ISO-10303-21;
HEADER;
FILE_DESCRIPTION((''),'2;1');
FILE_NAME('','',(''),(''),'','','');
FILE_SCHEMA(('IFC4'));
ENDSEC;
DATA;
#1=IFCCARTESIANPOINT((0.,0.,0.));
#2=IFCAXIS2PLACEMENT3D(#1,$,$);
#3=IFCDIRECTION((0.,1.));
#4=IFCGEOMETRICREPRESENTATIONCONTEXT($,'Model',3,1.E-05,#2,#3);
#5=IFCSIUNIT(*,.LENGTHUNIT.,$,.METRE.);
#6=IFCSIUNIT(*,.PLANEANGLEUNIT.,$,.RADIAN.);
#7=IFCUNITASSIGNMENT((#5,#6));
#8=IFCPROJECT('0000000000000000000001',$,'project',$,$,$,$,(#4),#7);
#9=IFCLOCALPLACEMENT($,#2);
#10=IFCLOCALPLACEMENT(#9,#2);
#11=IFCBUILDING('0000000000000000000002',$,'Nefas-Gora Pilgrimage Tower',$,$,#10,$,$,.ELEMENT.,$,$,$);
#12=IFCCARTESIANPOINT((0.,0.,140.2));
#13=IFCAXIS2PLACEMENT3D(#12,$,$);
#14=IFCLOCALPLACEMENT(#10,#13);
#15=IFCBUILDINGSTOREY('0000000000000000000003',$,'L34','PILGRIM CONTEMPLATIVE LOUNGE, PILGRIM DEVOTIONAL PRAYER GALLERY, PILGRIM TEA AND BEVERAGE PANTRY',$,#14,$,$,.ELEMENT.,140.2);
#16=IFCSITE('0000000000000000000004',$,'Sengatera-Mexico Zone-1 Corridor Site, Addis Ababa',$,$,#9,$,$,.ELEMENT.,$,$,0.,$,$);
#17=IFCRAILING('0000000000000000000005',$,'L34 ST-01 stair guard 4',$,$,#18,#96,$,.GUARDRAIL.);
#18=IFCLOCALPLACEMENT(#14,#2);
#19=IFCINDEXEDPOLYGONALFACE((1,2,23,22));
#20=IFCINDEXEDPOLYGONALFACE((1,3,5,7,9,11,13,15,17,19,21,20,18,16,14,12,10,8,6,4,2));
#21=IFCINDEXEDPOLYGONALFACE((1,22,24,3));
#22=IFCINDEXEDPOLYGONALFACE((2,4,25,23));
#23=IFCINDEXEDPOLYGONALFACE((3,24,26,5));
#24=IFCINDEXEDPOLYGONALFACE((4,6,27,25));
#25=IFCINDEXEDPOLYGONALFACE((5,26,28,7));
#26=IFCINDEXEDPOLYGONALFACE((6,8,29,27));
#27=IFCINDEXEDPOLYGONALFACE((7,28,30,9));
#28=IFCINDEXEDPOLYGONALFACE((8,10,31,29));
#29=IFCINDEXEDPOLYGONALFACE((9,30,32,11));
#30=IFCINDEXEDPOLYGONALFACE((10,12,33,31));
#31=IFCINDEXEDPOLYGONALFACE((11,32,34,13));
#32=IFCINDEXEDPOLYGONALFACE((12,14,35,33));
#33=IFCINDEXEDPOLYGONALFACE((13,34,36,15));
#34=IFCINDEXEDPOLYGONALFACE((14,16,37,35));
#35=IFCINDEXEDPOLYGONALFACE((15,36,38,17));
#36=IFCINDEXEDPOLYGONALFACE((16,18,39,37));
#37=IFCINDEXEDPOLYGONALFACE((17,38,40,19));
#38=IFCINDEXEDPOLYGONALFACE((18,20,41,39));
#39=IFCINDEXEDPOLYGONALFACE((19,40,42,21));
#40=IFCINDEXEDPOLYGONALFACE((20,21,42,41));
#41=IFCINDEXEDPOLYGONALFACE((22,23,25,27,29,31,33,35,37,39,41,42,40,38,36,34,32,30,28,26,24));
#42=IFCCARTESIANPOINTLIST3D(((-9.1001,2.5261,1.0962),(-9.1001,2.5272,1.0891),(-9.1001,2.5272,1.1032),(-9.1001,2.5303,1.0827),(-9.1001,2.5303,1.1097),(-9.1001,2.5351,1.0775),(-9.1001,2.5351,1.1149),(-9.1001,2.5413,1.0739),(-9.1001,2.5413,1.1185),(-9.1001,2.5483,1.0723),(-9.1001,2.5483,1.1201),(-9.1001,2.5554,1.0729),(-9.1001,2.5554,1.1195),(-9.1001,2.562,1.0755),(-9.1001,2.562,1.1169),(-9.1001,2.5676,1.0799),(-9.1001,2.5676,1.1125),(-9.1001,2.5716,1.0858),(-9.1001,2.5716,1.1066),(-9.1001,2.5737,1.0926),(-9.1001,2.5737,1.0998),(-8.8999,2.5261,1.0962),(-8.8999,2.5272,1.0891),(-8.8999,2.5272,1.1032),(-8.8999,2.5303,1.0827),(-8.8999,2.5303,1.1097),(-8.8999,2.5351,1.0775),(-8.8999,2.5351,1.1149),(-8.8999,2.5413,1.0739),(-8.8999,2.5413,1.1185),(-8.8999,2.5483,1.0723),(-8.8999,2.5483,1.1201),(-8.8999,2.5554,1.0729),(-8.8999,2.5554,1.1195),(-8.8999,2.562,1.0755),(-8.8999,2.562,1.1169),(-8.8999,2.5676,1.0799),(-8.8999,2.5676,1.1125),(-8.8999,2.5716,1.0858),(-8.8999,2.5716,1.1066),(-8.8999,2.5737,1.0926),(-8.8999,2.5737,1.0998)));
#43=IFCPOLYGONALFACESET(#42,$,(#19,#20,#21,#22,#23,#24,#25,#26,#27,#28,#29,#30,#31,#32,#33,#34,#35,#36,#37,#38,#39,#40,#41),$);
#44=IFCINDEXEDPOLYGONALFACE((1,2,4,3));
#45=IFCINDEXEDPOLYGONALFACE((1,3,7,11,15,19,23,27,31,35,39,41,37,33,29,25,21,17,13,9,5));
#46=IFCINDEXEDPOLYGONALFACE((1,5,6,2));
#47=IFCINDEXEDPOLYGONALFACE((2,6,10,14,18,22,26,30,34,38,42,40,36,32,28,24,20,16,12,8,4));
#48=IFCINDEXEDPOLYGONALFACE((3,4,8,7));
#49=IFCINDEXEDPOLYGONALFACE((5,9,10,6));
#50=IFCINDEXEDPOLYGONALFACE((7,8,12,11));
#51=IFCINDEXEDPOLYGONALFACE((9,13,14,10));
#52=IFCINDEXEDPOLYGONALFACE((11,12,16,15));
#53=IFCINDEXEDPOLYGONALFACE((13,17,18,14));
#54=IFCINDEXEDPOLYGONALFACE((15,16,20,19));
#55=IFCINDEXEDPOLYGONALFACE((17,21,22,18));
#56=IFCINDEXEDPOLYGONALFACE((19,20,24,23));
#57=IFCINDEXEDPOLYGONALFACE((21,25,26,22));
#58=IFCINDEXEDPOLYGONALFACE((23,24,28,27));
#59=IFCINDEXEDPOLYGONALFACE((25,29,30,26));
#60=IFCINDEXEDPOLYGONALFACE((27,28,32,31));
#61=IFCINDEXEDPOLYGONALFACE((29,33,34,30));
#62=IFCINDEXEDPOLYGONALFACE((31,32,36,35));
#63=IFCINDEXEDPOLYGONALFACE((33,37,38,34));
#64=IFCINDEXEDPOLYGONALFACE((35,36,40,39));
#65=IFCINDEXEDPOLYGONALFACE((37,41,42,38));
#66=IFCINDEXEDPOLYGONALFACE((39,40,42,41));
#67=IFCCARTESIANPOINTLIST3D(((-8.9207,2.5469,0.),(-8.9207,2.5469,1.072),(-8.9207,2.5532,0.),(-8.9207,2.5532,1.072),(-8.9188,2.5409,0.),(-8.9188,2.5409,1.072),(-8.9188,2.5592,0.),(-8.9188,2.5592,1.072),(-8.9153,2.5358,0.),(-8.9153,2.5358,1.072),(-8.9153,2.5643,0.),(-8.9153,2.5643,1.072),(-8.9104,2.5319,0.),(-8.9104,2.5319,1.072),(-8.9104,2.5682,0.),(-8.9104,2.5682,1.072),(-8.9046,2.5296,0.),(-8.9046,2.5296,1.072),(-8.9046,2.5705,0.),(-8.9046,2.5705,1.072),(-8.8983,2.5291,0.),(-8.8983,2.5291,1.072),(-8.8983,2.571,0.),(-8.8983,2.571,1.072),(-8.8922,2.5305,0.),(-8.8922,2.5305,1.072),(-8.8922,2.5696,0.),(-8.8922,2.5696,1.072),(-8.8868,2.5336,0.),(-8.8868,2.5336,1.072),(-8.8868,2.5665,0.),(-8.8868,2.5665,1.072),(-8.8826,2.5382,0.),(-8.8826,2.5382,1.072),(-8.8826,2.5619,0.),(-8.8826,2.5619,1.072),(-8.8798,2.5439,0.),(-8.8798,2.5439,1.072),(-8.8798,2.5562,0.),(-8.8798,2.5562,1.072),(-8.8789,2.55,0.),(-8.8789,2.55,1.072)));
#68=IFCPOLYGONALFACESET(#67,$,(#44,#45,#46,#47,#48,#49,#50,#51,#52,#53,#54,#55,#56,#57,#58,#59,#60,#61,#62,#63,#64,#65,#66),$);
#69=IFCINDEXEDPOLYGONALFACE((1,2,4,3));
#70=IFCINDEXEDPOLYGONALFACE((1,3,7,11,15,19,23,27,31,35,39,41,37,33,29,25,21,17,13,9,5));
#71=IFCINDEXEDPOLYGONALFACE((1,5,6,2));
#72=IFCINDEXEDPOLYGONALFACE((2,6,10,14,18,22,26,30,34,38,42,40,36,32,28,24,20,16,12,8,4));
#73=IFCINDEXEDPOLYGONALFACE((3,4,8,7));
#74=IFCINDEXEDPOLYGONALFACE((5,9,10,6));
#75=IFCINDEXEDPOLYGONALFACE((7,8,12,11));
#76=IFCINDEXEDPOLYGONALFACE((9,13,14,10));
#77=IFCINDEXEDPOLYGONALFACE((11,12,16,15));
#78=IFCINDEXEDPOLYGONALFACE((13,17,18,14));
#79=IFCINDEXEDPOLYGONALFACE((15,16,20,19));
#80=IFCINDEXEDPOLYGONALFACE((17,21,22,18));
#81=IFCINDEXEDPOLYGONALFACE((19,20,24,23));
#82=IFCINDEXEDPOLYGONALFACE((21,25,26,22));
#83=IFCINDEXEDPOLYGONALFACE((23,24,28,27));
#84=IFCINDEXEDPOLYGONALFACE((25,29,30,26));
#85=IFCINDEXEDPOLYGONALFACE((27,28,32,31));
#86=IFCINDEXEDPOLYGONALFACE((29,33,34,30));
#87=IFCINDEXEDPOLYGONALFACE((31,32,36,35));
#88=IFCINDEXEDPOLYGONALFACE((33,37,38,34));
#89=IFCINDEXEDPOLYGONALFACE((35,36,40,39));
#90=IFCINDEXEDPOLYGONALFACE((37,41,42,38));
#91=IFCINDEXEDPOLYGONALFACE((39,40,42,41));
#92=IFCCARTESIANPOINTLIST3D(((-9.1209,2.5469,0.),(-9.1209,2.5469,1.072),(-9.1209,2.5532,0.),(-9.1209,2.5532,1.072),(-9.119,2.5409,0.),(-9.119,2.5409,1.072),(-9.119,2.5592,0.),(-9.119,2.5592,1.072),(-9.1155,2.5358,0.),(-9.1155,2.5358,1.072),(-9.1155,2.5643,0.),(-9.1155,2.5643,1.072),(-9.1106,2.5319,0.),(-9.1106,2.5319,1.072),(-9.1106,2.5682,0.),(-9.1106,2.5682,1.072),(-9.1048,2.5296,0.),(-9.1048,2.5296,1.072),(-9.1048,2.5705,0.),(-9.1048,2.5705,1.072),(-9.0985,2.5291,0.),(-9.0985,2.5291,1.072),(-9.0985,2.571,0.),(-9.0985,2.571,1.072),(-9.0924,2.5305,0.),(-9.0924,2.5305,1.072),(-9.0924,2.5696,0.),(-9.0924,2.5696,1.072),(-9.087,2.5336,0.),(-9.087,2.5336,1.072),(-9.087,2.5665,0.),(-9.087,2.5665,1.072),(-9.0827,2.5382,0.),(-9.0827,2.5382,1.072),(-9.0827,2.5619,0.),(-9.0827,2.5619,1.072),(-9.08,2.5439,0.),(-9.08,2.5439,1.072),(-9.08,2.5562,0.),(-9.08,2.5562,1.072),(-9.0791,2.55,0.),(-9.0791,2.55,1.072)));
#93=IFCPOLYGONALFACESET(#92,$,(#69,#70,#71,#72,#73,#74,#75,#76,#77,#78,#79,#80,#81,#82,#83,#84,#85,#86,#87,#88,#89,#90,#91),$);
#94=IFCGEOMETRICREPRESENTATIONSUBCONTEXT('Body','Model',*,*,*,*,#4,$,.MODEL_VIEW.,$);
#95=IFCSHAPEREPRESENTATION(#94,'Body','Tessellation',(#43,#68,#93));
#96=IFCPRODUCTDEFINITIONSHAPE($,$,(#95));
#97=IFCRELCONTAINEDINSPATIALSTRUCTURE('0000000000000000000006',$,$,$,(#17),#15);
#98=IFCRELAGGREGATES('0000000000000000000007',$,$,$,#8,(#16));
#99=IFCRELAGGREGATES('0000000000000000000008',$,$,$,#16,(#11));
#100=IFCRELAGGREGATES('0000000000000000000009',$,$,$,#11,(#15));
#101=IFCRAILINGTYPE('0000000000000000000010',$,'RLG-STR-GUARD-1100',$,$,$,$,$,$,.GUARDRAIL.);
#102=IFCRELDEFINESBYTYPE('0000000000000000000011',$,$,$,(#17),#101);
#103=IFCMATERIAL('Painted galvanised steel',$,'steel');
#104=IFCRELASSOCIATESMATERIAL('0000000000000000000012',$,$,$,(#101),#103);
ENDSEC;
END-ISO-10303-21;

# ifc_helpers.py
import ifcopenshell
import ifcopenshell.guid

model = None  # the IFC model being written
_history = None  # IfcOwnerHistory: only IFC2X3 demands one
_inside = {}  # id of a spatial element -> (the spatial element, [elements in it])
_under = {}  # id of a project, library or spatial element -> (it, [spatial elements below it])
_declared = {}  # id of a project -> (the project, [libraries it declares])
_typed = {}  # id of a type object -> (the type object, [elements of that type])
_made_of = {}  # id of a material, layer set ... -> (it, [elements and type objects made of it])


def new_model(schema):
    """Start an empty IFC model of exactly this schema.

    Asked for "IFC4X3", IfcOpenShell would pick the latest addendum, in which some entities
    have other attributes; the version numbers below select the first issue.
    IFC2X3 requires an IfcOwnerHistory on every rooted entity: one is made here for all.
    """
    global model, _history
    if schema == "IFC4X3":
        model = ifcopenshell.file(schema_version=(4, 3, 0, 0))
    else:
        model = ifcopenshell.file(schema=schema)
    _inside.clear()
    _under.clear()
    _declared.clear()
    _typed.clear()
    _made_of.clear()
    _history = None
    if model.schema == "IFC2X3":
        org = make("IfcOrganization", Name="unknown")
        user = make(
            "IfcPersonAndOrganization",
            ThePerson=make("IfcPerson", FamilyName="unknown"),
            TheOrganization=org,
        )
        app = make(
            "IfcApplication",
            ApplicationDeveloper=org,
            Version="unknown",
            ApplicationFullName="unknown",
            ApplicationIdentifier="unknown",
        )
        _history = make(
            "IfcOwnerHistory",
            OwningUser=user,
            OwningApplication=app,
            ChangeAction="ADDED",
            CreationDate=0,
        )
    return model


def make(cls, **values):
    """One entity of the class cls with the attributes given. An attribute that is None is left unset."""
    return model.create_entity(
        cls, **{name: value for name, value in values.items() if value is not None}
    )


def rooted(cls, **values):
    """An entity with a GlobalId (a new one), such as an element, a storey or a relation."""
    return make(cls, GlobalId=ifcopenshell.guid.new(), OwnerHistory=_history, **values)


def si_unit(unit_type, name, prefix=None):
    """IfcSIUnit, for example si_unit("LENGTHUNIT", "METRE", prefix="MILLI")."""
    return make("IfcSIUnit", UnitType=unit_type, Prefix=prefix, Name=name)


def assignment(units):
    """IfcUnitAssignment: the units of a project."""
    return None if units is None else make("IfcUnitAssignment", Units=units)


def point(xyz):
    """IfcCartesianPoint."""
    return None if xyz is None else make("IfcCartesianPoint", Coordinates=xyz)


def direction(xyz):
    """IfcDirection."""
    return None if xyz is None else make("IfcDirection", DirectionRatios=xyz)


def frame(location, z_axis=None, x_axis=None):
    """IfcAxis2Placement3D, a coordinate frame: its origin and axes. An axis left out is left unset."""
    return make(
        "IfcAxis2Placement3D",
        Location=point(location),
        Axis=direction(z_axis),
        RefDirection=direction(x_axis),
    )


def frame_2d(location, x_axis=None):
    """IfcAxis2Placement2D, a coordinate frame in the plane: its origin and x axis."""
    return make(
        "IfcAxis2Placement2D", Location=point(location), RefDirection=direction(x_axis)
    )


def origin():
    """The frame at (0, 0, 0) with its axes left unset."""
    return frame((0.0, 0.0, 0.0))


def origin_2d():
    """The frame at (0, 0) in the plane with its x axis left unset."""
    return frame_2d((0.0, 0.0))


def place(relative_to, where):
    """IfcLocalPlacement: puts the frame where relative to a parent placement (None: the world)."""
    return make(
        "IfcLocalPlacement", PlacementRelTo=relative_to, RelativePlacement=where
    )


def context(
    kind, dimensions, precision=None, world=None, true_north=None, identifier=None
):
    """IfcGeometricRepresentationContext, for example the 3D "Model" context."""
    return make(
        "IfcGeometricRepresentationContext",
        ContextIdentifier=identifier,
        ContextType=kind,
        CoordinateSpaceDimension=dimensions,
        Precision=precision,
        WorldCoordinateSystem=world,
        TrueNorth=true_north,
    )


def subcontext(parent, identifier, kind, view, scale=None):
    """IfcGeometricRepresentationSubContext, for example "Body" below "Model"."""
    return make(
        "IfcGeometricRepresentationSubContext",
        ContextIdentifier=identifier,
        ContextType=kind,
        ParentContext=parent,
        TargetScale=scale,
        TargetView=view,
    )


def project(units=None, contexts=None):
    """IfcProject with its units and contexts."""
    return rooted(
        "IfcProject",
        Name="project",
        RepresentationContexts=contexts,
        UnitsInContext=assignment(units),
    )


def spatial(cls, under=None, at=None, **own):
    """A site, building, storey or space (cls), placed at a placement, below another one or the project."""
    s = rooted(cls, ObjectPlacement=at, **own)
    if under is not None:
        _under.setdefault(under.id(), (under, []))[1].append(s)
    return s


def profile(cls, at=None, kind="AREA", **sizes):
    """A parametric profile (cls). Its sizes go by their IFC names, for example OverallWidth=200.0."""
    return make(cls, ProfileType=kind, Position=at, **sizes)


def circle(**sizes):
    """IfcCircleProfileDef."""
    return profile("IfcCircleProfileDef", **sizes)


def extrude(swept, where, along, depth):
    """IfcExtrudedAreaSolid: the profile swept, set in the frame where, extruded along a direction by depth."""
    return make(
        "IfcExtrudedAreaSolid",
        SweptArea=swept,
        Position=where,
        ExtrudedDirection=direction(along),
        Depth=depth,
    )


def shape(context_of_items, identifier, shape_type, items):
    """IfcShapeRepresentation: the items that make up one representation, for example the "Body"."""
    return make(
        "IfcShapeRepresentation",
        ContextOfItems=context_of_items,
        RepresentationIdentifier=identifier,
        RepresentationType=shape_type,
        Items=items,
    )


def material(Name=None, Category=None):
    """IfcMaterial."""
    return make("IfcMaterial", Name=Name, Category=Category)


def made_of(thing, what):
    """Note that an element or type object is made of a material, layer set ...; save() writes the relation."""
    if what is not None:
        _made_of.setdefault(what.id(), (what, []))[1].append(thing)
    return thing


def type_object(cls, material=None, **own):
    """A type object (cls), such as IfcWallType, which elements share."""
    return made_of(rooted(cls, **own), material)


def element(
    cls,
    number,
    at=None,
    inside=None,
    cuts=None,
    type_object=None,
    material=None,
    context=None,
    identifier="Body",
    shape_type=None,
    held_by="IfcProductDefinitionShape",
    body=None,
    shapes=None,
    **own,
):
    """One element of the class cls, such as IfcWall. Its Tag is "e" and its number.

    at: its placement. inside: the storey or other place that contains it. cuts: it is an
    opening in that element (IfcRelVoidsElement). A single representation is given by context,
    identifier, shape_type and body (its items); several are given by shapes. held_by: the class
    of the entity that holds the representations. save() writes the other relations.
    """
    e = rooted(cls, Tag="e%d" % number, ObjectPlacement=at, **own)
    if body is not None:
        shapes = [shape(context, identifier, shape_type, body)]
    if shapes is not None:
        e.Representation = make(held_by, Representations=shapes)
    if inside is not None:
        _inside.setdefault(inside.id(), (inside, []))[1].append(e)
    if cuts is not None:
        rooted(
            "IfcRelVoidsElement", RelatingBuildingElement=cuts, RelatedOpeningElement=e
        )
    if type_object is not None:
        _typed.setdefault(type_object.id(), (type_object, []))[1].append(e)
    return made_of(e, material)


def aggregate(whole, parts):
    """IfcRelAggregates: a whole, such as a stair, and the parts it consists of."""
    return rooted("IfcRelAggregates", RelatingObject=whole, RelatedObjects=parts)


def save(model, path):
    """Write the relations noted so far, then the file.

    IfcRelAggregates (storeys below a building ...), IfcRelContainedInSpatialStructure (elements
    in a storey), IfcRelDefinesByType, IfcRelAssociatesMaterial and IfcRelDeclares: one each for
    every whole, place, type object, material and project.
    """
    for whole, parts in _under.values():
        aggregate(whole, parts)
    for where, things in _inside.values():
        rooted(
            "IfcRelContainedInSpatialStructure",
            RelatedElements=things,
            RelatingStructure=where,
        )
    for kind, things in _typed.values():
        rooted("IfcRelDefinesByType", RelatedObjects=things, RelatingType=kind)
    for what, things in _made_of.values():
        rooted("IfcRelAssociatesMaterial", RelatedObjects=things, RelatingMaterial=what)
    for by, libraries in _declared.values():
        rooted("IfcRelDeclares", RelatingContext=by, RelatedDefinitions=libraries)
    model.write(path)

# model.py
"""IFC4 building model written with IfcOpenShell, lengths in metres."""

from ifc_helpers import new_model, si_unit, direction, frame, origin, origin_2d, place, context, subcontext, project, spatial, circle, extrude, material, type_object, element, save


model = new_model("IFC4")

# Units and contexts
model_context = context("Model", 3, precision=1e-05, world=origin(), true_north=direction((0.0, 1.0)))
body_context = subcontext(model_context, "Body", "Model", "MODEL_VIEW")
ifc_project = project(units=[si_unit("LENGTHUNIT", "METRE"), si_unit("PLANEANGLEUNIT", "RADIAN")], contexts=[model_context])

# Site, building, storey
site_placement = place(None, origin())
site = spatial("IfcSite", under=ifc_project, at=site_placement, Name="Sengatera-Mexico Zone-1 Corridor Site, Addis Ababa", CompositionType="ELEMENT", RefElevation=0.0)
building_placement = place(site_placement, origin())
building = spatial("IfcBuilding", under=site, at=building_placement, Name="Nefas-Gora Pilgrimage Tower", CompositionType="ELEMENT")
storey_placement = place(building_placement, frame((0.0, 0.0, 140.2)))
storey = spatial("IfcBuildingStorey", under=building, at=storey_placement, Name="L34", Description="PILGRIM CONTEMPLATIVE LOUNGE, PILGRIM DEVOTIONAL PRAYER GALLERY, PILGRIM TEA AND BEVERAGE PANTRY", CompositionType="ELEMENT", Elevation=140.2)

# Railing
ifc_material_1 = material(Name="Painted galvanised steel", Category="steel")
railing_type_1 = type_object("IfcRailingType", Name="RLG-STR-GUARD-1100", PredefinedType="GUARDRAIL", material=ifc_material_1)
railing_1_placement = place(storey_placement, frame((-8.8999, 2.55, 0.0)))
element("IfcRailing", 1, at=railing_1_placement, inside=storey, type_object=railing_type_1, Name="L34 ST-01 stair guard 4", PredefinedType="GUARDRAIL", context=body_context, shape_type="SweptSolid", body=[
    extrude(circle(Radius=0.0239, at=origin_2d()), frame((0.0, 0.0, 1.0962), z_axis=(-1.0, 0.0, 0.0), x_axis=(0.0, -1.0, 0.0)), (0.0, 0.0, 1.0), 0.2002),
    extrude(circle(Radius=0.021, at=origin_2d()), origin(), (0.0, 0.0, 1.0), 1.072),
    extrude(circle(Radius=0.021, at=origin_2d()), frame((-0.2002, 0.0, 0.0)), (0.0, 0.0, 1.0), 1.072),
])

save(model, "model.ifc")
